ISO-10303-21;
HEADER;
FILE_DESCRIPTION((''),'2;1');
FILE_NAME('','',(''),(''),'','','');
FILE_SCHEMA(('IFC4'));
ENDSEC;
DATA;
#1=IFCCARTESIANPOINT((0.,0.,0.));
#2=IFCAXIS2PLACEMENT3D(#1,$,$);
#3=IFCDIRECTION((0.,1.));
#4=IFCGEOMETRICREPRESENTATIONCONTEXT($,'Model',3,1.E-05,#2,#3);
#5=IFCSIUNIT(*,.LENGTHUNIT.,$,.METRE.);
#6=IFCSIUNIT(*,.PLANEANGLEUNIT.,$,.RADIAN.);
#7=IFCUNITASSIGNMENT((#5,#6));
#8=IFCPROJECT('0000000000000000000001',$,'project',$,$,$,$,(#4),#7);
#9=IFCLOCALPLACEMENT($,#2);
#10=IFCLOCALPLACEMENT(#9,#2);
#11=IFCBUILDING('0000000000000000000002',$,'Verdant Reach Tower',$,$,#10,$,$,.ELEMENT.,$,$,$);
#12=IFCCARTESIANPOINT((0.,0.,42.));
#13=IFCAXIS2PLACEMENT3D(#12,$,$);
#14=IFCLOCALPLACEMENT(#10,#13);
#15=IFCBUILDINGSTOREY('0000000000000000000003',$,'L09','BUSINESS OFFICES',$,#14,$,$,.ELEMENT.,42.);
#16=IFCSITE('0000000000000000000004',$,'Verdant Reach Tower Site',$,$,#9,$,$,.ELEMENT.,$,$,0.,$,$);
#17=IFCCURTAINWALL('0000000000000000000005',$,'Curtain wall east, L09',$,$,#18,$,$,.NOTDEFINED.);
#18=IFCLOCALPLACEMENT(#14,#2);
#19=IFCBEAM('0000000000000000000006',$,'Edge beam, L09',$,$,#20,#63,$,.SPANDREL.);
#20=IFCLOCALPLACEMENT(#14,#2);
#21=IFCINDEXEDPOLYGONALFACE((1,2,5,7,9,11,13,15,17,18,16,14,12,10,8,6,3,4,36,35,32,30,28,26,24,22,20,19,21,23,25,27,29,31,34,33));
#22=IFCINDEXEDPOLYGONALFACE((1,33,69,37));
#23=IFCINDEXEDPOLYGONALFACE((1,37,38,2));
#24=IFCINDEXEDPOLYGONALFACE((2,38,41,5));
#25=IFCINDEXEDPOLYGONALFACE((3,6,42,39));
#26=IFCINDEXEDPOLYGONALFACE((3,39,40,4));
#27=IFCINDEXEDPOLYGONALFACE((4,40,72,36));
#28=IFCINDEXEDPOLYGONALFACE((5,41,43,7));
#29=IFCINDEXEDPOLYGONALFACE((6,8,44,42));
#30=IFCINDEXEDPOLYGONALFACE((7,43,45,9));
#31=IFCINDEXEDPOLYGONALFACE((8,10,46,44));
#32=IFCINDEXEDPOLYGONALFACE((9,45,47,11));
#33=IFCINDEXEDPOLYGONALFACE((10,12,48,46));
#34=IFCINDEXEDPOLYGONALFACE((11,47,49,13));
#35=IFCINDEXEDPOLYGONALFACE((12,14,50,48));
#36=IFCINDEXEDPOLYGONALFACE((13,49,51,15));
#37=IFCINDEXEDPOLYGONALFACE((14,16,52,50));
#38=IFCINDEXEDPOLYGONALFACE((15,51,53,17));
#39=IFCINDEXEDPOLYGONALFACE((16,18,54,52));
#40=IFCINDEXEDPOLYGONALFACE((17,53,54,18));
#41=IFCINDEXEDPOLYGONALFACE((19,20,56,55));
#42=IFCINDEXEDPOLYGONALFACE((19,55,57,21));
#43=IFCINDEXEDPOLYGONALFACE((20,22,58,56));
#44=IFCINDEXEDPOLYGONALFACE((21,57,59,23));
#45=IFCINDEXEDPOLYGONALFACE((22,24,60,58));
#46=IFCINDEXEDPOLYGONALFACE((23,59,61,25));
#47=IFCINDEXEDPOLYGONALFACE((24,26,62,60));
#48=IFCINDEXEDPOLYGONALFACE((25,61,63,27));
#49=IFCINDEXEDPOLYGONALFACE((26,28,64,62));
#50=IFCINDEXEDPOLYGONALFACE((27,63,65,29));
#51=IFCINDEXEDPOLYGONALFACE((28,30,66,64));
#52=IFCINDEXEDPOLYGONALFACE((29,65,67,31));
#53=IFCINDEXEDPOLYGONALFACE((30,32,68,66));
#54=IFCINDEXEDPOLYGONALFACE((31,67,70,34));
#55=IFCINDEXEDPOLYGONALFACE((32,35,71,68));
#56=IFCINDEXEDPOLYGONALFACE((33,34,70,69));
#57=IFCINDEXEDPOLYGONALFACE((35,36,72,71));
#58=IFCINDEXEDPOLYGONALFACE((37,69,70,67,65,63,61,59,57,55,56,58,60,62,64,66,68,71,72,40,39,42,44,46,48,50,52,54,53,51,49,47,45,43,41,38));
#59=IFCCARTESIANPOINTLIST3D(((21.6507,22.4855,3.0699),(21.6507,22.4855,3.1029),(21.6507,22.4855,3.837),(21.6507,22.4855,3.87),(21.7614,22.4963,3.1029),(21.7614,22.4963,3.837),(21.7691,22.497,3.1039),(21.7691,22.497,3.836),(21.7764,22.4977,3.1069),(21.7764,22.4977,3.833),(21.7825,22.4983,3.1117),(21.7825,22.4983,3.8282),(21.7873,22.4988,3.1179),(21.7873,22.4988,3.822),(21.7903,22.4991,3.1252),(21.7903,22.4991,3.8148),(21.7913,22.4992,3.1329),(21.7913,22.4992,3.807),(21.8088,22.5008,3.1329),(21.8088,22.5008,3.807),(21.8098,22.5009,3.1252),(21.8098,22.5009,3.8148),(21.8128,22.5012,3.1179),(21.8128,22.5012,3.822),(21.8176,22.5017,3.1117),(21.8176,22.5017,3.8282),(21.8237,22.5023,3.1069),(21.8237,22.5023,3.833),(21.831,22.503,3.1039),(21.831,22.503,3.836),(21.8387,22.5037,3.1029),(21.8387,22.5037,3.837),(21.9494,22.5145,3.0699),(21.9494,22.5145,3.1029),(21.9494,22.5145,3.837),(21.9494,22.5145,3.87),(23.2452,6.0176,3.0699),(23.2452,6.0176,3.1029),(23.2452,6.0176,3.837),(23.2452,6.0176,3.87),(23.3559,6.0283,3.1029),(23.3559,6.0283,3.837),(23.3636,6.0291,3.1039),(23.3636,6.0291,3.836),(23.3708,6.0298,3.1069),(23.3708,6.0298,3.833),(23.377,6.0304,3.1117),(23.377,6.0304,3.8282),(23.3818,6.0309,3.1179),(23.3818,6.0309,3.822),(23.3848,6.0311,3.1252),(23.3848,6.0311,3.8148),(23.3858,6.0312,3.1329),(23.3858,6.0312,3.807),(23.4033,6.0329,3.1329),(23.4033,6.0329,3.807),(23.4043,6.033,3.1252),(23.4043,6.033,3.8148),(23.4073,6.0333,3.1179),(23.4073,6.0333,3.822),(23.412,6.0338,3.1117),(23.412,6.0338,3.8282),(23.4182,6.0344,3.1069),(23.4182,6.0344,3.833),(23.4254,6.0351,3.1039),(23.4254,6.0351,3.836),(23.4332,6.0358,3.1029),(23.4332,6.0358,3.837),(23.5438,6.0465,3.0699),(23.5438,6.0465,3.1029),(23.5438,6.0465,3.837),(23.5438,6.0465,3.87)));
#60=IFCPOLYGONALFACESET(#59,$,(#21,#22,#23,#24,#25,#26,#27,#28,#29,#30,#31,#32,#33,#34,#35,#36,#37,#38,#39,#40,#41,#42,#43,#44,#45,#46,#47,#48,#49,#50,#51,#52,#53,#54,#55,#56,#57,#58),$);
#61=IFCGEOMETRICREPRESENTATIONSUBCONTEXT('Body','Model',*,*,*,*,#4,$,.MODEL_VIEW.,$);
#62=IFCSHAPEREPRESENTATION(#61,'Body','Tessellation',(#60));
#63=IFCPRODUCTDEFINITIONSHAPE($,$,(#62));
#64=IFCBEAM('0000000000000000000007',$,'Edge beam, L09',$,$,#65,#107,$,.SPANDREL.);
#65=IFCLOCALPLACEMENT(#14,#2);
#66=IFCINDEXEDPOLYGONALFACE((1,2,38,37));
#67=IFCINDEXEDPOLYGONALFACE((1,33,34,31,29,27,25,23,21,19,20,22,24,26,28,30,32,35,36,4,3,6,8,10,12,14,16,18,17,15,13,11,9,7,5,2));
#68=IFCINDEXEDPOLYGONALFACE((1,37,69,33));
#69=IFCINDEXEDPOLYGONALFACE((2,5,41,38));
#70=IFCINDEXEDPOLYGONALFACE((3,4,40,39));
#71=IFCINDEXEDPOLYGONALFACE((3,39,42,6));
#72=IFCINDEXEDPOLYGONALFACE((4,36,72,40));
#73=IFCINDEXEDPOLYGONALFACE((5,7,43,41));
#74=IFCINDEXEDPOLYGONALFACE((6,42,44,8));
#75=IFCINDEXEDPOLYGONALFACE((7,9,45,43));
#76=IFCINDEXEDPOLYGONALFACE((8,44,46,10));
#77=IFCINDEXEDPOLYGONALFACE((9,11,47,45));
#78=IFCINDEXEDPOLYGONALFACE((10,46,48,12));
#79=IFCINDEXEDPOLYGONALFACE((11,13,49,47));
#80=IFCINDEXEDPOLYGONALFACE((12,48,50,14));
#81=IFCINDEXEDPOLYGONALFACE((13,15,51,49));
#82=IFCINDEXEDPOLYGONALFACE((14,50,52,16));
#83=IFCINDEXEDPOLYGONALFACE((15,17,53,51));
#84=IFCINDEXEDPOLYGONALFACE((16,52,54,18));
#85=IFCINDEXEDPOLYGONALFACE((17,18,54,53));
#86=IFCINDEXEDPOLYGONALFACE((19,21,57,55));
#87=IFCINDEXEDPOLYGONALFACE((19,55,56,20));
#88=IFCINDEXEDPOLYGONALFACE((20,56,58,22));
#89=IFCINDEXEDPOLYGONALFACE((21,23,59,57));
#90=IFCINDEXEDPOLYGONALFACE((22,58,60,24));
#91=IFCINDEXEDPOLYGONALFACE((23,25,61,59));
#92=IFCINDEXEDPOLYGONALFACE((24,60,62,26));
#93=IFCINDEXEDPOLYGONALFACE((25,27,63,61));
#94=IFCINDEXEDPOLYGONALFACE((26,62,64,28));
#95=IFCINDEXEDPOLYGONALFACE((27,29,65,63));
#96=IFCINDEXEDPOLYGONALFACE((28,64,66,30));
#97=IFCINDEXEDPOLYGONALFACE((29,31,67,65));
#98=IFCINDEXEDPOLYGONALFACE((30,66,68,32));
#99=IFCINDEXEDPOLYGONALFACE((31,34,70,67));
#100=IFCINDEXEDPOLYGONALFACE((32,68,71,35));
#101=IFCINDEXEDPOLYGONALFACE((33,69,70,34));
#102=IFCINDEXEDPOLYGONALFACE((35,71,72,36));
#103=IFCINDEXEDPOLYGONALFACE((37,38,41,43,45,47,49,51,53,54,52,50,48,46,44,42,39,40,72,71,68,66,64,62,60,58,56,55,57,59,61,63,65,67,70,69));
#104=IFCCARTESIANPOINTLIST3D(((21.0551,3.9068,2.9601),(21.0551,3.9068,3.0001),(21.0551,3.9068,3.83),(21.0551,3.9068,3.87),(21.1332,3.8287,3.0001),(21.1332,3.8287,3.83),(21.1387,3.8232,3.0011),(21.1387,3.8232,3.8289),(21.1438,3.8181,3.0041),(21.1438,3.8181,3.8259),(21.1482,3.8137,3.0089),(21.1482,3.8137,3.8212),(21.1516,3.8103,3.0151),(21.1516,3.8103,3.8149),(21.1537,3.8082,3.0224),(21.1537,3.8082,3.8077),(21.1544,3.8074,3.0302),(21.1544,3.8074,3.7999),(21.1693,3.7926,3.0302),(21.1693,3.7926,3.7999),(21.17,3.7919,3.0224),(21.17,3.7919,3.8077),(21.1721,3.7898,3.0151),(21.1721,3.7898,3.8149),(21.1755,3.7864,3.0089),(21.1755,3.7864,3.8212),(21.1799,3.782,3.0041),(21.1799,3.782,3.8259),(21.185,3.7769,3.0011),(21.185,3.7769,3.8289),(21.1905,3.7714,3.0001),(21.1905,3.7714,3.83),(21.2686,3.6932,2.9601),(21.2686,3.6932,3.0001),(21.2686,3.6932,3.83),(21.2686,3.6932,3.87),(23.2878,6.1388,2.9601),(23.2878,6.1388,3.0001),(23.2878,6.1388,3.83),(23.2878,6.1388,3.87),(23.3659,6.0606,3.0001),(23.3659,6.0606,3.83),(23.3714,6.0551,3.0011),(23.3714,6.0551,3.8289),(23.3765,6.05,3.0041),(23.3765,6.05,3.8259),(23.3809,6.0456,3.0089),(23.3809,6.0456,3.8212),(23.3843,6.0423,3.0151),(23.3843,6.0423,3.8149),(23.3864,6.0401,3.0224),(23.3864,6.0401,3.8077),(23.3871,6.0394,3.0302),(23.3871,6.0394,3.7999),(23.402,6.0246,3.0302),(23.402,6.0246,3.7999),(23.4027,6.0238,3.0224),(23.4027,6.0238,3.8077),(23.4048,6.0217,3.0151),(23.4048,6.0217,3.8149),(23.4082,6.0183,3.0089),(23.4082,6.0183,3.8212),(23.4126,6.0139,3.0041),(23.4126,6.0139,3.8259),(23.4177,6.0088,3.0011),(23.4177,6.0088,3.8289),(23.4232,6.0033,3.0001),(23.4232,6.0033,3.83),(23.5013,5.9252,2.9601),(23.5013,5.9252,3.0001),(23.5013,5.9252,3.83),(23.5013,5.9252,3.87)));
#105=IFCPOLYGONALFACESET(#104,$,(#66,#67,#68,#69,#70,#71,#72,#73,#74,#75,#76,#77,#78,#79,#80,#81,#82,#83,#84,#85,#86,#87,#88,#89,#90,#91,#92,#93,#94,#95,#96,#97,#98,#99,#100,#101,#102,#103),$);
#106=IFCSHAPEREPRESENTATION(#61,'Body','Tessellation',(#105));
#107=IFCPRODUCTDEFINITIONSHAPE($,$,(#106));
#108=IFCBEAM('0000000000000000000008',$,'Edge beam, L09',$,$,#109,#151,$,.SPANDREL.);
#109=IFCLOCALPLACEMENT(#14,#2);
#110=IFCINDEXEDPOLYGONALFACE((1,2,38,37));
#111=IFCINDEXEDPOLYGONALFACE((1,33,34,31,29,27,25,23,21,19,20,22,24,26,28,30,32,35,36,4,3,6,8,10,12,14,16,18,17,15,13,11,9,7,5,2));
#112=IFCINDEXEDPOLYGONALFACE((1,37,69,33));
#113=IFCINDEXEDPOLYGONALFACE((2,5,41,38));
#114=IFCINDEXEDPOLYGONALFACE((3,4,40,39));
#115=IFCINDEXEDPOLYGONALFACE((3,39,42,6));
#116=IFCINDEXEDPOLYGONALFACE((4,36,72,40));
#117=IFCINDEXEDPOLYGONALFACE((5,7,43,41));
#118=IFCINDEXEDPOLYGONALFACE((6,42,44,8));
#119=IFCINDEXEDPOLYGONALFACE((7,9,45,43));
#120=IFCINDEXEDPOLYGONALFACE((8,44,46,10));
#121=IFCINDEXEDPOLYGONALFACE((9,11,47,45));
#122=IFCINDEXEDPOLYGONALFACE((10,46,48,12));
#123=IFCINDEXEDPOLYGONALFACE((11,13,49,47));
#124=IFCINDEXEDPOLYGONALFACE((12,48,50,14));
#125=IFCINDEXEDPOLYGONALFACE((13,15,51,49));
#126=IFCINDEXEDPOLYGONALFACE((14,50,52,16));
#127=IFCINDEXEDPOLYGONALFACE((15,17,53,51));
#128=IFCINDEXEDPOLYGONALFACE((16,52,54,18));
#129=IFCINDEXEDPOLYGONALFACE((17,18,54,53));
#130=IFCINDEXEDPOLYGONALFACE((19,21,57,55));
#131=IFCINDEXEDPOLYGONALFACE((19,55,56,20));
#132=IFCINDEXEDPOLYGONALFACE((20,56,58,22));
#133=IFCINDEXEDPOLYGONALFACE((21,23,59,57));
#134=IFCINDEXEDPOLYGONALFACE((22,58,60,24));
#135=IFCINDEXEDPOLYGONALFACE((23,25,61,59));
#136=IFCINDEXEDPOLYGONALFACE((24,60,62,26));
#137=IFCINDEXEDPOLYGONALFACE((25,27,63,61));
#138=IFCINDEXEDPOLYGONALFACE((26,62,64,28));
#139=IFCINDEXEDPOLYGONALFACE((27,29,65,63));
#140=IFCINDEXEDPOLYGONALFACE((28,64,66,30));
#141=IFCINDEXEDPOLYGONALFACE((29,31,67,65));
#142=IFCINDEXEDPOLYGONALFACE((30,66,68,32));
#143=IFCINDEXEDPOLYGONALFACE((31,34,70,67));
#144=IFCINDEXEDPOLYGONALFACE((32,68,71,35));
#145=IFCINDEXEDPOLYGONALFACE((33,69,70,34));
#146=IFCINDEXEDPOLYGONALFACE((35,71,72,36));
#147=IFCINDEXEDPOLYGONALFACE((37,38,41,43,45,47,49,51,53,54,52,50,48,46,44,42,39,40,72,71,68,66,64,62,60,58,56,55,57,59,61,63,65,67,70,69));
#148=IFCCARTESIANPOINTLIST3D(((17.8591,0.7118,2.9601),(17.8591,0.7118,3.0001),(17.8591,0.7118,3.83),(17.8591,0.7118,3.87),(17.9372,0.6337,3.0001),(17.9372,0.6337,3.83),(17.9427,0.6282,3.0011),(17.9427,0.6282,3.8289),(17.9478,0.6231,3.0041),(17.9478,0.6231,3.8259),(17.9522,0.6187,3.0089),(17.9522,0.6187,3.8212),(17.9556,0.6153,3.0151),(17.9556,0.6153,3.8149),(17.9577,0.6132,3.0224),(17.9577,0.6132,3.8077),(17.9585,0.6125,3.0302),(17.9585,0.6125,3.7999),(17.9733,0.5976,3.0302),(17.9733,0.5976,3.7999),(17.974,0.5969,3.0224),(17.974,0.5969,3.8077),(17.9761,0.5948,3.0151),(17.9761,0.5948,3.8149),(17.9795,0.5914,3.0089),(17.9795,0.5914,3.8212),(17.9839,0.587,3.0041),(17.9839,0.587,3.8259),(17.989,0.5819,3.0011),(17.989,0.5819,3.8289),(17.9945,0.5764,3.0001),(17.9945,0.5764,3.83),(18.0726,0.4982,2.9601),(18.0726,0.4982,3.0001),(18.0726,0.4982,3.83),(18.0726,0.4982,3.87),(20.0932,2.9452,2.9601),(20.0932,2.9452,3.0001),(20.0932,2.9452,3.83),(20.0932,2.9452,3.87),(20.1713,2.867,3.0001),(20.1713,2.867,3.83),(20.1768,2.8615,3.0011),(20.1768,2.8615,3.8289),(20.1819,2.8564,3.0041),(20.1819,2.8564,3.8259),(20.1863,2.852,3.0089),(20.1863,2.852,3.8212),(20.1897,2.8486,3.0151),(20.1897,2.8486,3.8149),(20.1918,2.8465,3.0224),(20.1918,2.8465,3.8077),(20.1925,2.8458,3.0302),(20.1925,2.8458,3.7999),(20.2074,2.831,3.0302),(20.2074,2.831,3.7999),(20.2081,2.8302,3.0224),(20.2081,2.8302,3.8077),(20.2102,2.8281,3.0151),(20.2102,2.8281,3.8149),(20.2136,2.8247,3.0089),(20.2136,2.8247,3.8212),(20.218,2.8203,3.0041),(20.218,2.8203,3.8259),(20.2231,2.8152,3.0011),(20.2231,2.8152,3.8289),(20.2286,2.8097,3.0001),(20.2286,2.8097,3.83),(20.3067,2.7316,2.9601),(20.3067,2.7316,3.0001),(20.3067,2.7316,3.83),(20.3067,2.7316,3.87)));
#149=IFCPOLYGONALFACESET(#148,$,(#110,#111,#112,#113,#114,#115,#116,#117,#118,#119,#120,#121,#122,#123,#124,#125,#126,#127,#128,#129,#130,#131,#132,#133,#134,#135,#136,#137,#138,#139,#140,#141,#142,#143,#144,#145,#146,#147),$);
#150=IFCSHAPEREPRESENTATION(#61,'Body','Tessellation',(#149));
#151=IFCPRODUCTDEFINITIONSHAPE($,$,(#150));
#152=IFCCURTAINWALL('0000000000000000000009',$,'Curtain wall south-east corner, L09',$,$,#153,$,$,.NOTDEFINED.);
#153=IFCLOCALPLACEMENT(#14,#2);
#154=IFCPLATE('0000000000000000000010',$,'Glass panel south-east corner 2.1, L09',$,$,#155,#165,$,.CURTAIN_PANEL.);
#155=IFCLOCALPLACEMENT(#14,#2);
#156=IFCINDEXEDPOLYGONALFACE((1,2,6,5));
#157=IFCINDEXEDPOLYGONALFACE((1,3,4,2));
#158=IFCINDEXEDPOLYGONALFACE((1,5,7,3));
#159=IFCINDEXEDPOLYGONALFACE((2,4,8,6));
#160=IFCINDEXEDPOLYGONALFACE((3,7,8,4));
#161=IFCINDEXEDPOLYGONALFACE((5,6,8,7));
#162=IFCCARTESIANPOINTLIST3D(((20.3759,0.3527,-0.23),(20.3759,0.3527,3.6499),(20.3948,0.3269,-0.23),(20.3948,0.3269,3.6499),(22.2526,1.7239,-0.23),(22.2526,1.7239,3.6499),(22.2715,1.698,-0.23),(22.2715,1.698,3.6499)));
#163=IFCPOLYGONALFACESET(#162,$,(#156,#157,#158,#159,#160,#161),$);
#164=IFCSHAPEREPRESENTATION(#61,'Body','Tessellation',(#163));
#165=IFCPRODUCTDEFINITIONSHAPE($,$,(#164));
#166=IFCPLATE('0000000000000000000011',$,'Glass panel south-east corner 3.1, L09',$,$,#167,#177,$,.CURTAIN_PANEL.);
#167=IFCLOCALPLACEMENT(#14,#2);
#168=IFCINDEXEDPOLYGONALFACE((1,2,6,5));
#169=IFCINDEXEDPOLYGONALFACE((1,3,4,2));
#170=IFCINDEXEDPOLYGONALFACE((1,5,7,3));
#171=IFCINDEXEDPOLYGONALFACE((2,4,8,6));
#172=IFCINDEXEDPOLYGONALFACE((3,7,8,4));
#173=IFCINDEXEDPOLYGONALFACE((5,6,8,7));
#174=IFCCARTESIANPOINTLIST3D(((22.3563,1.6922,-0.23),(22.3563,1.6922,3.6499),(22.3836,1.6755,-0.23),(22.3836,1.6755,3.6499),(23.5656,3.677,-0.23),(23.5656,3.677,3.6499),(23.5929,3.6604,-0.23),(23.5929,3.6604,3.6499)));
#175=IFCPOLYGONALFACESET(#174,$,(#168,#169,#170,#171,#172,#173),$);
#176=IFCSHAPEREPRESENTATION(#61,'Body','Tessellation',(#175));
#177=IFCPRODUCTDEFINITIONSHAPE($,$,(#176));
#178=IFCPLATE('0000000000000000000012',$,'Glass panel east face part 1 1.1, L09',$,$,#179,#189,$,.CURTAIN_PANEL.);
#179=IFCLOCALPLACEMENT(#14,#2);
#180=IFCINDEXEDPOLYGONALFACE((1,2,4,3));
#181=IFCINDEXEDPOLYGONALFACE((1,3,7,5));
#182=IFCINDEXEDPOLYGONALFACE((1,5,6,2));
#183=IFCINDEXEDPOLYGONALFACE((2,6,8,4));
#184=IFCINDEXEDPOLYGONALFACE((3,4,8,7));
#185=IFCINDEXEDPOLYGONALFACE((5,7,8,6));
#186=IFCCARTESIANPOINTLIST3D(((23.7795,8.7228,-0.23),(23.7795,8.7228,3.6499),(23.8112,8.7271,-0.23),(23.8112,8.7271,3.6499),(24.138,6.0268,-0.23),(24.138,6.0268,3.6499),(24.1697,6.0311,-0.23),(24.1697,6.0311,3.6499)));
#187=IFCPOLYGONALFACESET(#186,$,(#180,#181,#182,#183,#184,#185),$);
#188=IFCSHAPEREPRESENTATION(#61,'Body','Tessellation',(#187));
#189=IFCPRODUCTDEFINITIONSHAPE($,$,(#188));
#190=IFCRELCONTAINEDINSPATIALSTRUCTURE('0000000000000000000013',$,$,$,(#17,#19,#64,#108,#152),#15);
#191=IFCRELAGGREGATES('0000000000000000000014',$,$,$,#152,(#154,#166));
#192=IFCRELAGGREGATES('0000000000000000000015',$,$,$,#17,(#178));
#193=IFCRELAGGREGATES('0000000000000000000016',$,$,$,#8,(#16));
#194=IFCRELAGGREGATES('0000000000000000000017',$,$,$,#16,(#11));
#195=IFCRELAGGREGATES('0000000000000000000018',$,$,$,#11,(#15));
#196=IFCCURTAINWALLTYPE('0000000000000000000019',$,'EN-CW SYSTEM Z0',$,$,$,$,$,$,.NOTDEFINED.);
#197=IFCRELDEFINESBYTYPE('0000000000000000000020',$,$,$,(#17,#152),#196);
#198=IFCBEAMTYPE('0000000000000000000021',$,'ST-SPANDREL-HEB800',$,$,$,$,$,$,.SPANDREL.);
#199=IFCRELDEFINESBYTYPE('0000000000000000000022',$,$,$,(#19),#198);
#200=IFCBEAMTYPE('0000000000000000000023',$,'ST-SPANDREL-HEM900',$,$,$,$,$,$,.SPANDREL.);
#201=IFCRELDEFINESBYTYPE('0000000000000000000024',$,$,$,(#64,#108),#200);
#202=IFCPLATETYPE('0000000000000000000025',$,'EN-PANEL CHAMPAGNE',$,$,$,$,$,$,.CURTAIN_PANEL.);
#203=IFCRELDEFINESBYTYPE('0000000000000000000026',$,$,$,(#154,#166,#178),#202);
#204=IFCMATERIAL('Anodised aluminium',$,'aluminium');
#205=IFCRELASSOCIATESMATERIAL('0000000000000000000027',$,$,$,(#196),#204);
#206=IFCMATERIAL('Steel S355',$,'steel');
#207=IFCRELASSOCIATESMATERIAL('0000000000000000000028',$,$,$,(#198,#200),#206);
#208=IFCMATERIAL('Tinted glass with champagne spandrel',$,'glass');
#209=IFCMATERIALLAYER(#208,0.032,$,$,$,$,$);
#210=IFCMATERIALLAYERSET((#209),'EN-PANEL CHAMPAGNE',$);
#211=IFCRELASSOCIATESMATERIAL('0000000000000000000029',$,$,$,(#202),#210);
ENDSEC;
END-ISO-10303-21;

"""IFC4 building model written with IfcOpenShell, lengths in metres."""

from ifc_helpers import new_model, si_unit, direction, frame, origin, origin_2d, place, context, subcontext, project, spatial, rectangle, i_section, extrude, material, layer, layer_set, material_profile, profile_set, type_object, element, aggregate, save


model = new_model("IFC4")

# Units and contexts
model_context = context("Model", 3, precision=1e-05, world=origin(), true_north=direction((0.0, 1.0)))
body_context = subcontext(model_context, "Body", "Model", "MODEL_VIEW")
ifc_project = project(units=[si_unit("LENGTHUNIT", "METRE"), si_unit("PLANEANGLEUNIT", "RADIAN")], contexts=[model_context])

# Site, building, storey
site_placement = place(None, origin())
site = spatial("IfcSite", under=ifc_project, at=site_placement, Name="Verdant Reach Tower Site", CompositionType="ELEMENT", RefElevation=0.0)
building_placement = place(site_placement, origin())
building = spatial("IfcBuilding", under=site, at=building_placement, Name="Verdant Reach Tower", CompositionType="ELEMENT")
storey_placement = place(building_placement, frame((0.0, 0.0, 42.0)))
storey = spatial("IfcBuildingStorey", under=building, at=storey_placement, Name="L09", Description="BUSINESS OFFICES", CompositionType="ELEMENT", Elevation=42.0)

# Curtain wall
ifc_material_1 = material(Name="Anodised aluminium", Category="aluminium")
curtain_wall_type = type_object("IfcCurtainWallType", Name="EN-CW SYSTEM Z0", PredefinedType="NOTDEFINED", material=ifc_material_1)
curtain_wall_1_placement = place(storey_placement, origin())
curtain_wall_1 = element("IfcCurtainWall", 1, at=curtain_wall_1_placement, inside=storey, type_object=curtain_wall_type, Name="Curtain wall east, L09", PredefinedType="NOTDEFINED")

# Beams
ifc_material_2 = material(Name="Steel S355", Category="steel")
ifc_material_profile_1 = material_profile(ifc_material_2, i_section(OverallWidth=0.3, OverallDepth=0.8, WebThickness=0.0176, FlangeThickness=0.033, FilletRadius=0.03, at=origin_2d()), Name="HEB 800")
ifc_profile_set_1 = profile_set([ifc_material_profile_1], Name="Steel S355")
beam_type_1 = type_object("IfcBeamType", Name="ST-SPANDREL-HEB800", PredefinedType="SPANDREL", material=ifc_profile_set_1)
beam_1_placement = place(storey_placement, frame((21.8, 22.5, 3.47), z_axis=(0.096372, -0.995345, 0.0), x_axis=(0.995345, 0.096372, 0.0)))
element("IfcBeam", 2, at=beam_1_placement, inside=storey, type_object=beam_type_1, Name="Edge beam, L09", PredefinedType="SPANDREL", context=body_context, shape_type="SweptSolid", body=[
    extrude(i_section(OverallWidth=0.3, OverallDepth=0.8, WebThickness=0.0176, FlangeThickness=0.033, FilletRadius=0.03, at=origin_2d()), origin(), (0.0, 0.0, 1.0), 16.5449),
])
ifc_material_profile_2 = material_profile(ifc_material_2, i_section(OverallWidth=0.302, OverallDepth=0.9099, WebThickness=0.021, FlangeThickness=0.04, FilletRadius=0.03, at=origin_2d()), Name="HEM 900")
ifc_profile_set_2 = profile_set([ifc_material_profile_2], Name="Steel S355")
beam_type_2 = type_object("IfcBeamType", Name="ST-SPANDREL-HEM900", PredefinedType="SPANDREL", material=ifc_profile_set_2)
beam_2_placement = place(storey_placement, frame((23.3945, 6.032, 3.415), z_axis=(-0.707223, -0.706991, 0.0), x_axis=(0.706991, -0.707223, 0.0)))
element("IfcBeam", 3, at=beam_2_placement, inside=storey, type_object=beam_type_2, Name="Edge beam, L09", PredefinedType="SPANDREL", context=body_context, shape_type="SweptSolid", body=[
    extrude(i_section(OverallWidth=0.302, OverallDepth=0.9099, WebThickness=0.021, FlangeThickness=0.04, FilletRadius=0.03, at=origin_2d()), origin(), (0.0, 0.0, 1.0), 3.157),
])
beam_3_placement = place(storey_placement, frame((20.2, 2.8384, 3.415), z_axis=(-0.707223, -0.706991, 0.0), x_axis=(0.706991, -0.707223, 0.0)))
element("IfcBeam", 4, at=beam_3_placement, inside=storey, type_object=beam_type_2, Name="Edge beam, L09", PredefinedType="SPANDREL", context=body_context, shape_type="SweptSolid", body=[
    extrude(i_section(OverallWidth=0.302, OverallDepth=0.9099, WebThickness=0.021, FlangeThickness=0.04, FilletRadius=0.03, at=origin_2d()), origin(), (0.0, 0.0, 1.0), 3.1589),
])

# Curtain wall, plates
curtain_wall_2_placement = place(storey_placement, origin())
curtain_wall_2 = element("IfcCurtainWall", 5, at=curtain_wall_2_placement, inside=storey, type_object=curtain_wall_type, Name="Curtain wall south-east corner, L09", PredefinedType="NOTDEFINED")
ifc_material_3 = material(Name="Tinted glass with champagne spandrel", Category="glass")
ifc_layer_1 = layer(ifc_material_3, 0.032)
ifc_layer_set_1 = layer_set([ifc_layer_1], Name="EN-PANEL CHAMPAGNE")
plate_type_1 = type_object("IfcPlateType", Name="EN-PANEL CHAMPAGNE", PredefinedType="CURTAIN_PANEL", material=ifc_layer_set_1)
plate_1_placement = place(storey_placement, frame((21.3237, 1.0254, -0.23), z_axis=(0.0, 0.0, 1.0), x_axis=(0.807457, 0.589927, 0.0)))
plate_1 = element("IfcPlate", 6, at=plate_1_placement, type_object=plate_type_1, Name="Glass panel south-east corner 2.1, L09", PredefinedType="CURTAIN_PANEL", context=body_context, shape_type="SweptSolid", body=[
    extrude(rectangle(XDim=2.3242, YDim=0.032, at=origin_2d()), origin(), (0.0, 0.0, 1.0), 3.8799),
])
plate_2_placement = place(storey_placement, frame((22.9746, 2.6763, -0.23), z_axis=(0.0, 0.0, 1.0), x_axis=(0.520292, 0.853989, 0.0)))
plate_2 = element("IfcPlate", 7, at=plate_2_placement, type_object=plate_type_1, Name="Glass panel south-east corner 3.1, L09", PredefinedType="CURTAIN_PANEL", context=body_context, shape_type="SweptSolid", body=[
    extrude(rectangle(XDim=2.3242, YDim=0.032, at=origin_2d()), origin(), (0.0, 0.0, 1.0), 3.8799),
])

# Plate
plate_3_placement = place(storey_placement, frame((23.9746, 7.377, -0.23), z_axis=(0.0, 0.0, 1.0), x_axis=(-0.131793, 0.991277, 0.0)))
plate_3 = element("IfcPlate", 8, at=plate_3_placement, type_object=plate_type_1, Name="Glass panel east face part 1 1.1, L09", PredefinedType="CURTAIN_PANEL", context=body_context, shape_type="SweptSolid", body=[
    extrude(rectangle(XDim=2.7197, YDim=0.032, at=origin_2d()), origin(), (0.0, 0.0, 1.0), 3.8799),
])

aggregate(curtain_wall_2, [plate_1, plate_2])
aggregate(curtain_wall_1, [plate_3])

save(model, "model.ifc")
